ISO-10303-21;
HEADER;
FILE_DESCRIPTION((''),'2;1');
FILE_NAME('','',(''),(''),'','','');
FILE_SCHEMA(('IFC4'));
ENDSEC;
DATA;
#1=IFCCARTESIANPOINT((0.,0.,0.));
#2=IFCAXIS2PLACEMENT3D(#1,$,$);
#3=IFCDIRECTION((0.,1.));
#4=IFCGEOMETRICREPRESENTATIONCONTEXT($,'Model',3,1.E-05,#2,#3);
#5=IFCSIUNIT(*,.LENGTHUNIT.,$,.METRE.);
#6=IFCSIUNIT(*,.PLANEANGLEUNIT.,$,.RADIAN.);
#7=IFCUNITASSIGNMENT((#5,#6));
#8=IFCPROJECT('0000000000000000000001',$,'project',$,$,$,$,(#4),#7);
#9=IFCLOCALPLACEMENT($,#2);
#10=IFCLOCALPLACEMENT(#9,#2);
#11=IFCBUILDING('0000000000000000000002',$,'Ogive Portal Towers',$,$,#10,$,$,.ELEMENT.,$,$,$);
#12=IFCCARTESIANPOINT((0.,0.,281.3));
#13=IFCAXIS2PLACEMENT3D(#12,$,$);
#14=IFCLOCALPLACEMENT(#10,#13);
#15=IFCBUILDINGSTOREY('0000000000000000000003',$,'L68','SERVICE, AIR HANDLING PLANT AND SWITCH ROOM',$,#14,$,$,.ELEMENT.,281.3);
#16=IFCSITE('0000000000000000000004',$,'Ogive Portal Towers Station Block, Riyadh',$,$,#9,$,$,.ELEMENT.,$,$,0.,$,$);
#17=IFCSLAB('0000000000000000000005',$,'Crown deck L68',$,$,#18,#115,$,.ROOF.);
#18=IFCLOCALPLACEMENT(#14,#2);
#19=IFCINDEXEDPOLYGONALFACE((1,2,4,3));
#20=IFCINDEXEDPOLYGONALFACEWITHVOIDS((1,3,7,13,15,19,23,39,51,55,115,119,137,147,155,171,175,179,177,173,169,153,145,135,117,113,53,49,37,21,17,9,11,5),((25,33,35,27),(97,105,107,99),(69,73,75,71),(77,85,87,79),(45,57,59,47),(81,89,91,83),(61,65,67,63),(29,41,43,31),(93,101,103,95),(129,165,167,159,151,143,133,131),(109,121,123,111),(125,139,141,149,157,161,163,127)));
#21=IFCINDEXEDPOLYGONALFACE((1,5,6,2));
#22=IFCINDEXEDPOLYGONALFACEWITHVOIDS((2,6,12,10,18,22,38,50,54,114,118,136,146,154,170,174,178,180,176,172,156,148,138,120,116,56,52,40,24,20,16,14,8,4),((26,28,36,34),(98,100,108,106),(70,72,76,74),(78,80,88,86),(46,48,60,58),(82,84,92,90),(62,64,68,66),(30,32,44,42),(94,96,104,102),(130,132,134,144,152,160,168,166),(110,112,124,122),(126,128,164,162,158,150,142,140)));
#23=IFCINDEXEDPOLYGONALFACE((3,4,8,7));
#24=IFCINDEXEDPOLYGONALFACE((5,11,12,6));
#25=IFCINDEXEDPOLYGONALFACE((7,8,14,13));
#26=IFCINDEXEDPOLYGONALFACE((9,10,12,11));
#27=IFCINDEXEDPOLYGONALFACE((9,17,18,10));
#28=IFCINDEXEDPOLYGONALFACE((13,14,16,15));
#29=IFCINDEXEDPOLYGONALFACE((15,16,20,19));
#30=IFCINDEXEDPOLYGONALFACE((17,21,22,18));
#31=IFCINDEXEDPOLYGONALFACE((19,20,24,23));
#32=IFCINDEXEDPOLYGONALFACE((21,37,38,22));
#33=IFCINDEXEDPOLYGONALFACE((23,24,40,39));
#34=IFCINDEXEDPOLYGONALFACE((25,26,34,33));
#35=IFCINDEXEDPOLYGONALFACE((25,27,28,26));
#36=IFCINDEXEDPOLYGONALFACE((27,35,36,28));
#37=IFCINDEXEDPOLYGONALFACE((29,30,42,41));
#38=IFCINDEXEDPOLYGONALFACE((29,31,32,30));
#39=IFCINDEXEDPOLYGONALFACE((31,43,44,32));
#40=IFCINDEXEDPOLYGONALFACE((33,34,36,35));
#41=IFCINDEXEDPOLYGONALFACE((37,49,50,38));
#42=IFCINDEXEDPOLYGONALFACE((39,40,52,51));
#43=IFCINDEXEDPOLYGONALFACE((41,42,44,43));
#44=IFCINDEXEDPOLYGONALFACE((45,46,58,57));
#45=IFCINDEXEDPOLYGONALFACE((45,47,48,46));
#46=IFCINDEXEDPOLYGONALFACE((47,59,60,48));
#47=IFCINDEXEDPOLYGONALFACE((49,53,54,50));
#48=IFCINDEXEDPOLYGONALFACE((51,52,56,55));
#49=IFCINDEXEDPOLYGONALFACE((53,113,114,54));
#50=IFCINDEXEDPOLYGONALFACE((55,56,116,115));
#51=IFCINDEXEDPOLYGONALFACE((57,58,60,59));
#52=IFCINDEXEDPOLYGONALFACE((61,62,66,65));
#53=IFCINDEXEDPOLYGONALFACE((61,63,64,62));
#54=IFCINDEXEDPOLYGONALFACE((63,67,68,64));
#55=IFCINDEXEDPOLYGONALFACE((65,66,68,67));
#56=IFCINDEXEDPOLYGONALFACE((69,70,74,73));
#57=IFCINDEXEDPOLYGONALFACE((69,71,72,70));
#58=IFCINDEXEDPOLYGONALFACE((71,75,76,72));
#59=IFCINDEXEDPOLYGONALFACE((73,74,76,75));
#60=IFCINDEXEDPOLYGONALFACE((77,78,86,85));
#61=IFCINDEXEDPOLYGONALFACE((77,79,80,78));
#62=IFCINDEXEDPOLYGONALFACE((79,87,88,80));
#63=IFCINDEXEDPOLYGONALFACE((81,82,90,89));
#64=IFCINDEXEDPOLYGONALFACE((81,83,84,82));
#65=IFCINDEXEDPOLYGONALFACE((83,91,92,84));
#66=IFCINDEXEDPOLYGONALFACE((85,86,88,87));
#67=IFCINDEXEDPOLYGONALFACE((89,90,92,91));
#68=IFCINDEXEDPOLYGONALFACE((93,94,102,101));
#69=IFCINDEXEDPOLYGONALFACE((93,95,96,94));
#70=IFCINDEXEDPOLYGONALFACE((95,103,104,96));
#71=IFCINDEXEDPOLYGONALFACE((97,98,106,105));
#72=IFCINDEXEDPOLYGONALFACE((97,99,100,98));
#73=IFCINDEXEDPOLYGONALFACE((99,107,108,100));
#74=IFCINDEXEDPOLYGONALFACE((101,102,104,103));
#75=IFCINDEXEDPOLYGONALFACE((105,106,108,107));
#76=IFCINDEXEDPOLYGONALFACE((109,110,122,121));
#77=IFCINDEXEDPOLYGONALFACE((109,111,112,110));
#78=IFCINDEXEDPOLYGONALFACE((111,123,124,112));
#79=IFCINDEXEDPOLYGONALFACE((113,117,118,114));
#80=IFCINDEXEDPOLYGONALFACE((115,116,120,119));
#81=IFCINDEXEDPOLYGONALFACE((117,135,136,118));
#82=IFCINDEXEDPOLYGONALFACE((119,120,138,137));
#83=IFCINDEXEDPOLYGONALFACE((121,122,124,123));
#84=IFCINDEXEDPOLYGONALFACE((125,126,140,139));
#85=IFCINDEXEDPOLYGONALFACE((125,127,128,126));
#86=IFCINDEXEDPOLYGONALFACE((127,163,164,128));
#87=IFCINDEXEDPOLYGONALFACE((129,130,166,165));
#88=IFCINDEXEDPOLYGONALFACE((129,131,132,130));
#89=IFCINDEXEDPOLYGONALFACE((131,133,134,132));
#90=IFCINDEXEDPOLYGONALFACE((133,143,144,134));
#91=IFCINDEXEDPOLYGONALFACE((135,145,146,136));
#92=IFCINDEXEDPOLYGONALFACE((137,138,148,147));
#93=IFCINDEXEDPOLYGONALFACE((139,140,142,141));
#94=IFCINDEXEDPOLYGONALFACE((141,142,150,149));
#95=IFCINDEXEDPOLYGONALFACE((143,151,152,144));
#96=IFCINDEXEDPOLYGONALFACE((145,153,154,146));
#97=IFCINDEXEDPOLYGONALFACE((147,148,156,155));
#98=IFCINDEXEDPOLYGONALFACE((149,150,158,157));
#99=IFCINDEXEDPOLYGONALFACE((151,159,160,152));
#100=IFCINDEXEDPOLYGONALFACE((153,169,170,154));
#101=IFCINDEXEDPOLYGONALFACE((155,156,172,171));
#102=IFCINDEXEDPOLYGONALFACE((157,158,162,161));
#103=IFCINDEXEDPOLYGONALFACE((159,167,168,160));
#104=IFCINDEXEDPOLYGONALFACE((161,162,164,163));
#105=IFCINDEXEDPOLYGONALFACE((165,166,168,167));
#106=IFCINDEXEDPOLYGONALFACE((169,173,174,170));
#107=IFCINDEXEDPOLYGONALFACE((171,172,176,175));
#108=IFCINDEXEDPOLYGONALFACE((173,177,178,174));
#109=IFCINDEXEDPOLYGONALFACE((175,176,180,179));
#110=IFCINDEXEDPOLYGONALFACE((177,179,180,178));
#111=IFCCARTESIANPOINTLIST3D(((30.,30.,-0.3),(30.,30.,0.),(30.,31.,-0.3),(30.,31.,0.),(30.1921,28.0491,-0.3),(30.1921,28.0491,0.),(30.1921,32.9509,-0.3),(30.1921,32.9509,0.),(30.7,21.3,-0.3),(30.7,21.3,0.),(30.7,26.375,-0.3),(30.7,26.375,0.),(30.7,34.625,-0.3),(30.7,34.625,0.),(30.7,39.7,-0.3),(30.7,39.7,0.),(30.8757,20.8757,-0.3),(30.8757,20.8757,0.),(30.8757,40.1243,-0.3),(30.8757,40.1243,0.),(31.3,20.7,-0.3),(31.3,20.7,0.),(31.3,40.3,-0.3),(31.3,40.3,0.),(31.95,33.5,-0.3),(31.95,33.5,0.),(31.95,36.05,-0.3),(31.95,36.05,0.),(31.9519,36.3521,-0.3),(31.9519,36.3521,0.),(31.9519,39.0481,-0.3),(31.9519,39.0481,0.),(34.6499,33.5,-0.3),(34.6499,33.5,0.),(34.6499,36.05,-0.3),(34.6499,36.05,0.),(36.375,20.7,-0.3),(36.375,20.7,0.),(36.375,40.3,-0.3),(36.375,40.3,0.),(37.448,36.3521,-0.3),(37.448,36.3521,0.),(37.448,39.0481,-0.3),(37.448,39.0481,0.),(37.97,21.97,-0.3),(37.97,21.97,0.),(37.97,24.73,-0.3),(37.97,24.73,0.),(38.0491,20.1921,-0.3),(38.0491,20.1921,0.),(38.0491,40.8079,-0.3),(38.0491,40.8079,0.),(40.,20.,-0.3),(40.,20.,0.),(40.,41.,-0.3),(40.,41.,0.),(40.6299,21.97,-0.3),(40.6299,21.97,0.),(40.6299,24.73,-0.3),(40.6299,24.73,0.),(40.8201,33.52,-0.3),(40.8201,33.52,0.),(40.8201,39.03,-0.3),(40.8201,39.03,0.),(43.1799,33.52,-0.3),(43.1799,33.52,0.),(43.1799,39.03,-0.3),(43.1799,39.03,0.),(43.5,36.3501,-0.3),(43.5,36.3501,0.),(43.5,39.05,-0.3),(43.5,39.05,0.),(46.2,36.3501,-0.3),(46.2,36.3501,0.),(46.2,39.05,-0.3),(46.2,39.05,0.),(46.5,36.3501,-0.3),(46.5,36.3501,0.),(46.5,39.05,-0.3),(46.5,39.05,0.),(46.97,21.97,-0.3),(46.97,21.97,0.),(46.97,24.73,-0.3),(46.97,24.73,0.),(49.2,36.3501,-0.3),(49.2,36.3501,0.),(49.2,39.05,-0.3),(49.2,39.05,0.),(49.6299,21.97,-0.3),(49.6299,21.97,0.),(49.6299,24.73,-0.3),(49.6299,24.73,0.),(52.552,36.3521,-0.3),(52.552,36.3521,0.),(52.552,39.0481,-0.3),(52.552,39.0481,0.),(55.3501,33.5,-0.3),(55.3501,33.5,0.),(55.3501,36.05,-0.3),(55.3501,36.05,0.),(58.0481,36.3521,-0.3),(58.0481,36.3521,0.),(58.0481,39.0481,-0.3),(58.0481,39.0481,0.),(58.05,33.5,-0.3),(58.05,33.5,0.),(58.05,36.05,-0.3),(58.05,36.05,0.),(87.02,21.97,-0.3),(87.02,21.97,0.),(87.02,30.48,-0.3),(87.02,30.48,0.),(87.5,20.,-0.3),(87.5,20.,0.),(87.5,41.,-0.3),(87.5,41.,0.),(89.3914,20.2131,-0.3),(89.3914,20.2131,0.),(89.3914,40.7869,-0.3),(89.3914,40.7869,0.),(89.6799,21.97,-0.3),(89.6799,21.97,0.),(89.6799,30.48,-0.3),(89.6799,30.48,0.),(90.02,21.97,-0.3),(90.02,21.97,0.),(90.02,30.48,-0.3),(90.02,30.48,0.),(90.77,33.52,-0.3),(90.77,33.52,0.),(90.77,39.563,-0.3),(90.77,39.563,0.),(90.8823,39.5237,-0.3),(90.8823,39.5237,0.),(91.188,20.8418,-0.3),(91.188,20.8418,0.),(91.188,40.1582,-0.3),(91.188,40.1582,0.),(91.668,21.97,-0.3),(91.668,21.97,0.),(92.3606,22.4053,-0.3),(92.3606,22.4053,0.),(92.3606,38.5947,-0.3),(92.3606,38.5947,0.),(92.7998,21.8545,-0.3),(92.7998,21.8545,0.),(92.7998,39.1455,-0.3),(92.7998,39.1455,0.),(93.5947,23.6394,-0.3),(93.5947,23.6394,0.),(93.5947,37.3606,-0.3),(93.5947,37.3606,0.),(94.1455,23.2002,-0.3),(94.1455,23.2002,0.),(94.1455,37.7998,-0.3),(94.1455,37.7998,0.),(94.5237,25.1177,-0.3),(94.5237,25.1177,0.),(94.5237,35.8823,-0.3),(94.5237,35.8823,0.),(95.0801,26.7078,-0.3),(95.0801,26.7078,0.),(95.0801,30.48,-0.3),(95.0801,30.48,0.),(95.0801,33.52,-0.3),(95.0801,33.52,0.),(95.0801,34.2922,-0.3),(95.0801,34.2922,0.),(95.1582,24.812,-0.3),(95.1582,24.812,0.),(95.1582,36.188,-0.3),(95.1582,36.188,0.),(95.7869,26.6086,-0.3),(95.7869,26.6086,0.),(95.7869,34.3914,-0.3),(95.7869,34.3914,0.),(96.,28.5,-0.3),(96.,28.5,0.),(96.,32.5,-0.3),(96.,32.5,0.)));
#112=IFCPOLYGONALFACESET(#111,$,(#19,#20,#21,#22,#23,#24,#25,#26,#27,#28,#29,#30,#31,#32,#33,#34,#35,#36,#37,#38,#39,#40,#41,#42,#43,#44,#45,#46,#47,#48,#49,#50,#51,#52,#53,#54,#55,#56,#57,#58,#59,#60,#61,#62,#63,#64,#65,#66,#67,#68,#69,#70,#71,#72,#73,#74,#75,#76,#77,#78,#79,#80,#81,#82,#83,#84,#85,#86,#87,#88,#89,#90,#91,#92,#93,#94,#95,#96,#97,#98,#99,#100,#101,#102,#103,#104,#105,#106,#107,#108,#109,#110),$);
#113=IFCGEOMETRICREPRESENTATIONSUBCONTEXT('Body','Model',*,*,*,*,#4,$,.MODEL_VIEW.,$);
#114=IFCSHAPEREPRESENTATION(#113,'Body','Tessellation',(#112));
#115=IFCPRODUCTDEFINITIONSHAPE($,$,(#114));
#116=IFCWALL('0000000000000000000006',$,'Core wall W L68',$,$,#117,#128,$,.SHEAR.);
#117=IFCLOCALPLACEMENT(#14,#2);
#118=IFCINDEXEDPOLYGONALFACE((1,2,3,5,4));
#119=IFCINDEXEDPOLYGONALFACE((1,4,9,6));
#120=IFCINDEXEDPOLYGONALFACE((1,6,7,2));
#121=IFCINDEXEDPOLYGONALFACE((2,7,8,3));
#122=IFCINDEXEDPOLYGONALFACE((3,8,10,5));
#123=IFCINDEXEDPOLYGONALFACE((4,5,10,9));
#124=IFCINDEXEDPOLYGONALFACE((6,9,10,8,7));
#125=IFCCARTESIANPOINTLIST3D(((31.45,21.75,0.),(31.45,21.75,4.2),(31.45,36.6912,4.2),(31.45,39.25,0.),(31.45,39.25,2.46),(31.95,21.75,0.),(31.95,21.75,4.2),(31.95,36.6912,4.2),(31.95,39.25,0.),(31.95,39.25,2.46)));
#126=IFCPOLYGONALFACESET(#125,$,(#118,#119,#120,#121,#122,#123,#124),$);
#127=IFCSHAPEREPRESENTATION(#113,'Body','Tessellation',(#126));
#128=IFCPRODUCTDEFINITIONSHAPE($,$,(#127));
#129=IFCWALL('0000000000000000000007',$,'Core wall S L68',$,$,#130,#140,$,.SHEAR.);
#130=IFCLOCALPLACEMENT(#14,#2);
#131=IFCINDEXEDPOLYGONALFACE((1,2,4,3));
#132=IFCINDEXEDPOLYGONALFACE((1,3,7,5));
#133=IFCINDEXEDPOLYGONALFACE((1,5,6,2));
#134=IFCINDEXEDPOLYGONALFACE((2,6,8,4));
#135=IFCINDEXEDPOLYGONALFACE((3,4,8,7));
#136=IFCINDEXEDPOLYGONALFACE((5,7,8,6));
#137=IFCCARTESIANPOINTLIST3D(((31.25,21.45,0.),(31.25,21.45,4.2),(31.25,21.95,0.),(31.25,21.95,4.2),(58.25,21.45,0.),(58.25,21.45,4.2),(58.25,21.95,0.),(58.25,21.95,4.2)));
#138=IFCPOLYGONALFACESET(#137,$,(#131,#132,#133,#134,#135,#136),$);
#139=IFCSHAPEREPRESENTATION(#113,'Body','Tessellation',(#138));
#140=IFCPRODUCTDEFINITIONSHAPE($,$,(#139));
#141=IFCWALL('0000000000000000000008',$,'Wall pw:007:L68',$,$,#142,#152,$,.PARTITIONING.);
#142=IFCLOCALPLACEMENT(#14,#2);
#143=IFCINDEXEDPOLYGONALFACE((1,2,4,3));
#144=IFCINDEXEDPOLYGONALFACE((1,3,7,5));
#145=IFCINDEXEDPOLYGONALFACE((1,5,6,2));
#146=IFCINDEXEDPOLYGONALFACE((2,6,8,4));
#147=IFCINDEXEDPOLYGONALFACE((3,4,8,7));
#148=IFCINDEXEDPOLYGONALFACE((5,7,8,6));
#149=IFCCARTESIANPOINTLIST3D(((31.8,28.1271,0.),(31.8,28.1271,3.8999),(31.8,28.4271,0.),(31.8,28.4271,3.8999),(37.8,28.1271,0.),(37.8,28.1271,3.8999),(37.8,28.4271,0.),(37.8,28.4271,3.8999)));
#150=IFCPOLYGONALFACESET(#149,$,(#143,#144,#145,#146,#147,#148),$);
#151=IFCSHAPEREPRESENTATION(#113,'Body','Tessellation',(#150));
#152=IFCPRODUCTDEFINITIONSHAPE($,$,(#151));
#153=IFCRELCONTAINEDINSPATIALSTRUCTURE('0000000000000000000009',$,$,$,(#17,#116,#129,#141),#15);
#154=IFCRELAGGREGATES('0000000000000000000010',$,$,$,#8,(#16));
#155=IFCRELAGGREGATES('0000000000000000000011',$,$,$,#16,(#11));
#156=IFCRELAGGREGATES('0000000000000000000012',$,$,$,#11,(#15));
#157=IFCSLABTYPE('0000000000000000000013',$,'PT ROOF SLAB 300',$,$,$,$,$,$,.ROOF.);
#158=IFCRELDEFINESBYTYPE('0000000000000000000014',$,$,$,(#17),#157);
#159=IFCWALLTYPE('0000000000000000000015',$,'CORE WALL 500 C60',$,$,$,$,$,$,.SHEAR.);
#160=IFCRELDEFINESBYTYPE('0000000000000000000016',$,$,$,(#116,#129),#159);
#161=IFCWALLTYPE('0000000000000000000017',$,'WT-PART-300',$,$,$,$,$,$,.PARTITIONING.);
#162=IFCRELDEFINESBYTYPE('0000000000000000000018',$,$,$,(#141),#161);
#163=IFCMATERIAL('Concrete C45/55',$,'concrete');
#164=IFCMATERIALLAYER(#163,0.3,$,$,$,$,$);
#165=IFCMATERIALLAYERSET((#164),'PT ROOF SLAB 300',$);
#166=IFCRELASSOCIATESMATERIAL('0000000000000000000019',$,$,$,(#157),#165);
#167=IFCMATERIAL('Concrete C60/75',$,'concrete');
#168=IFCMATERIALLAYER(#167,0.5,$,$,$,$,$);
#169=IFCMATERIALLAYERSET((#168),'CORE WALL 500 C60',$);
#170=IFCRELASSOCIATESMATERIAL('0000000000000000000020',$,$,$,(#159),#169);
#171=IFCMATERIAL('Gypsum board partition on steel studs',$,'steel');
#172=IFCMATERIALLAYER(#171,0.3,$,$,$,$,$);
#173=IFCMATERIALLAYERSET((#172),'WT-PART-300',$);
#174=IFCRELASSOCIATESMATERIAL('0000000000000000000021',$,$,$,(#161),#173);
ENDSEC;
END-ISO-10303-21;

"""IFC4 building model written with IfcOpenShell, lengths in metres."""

from ifc_helpers import new_model, si_unit, direction, frame, frame_2d, origin, place, context, subcontext, project, spatial, polyline, rectangle, outline, extrude, material, layer, layer_set, type_object, element, save


model = new_model("IFC4")

# Units and contexts
model_context = context("Model", 3, precision=1e-05, world=origin(), true_north=direction((0.0, 1.0)))
body_context = subcontext(model_context, "Body", "Model", "MODEL_VIEW")
ifc_project = project(units=[si_unit("LENGTHUNIT", "METRE"), si_unit("PLANEANGLEUNIT", "RADIAN")], contexts=[model_context])

# Site, building, storey
site_placement = place(None, origin())
site = spatial("IfcSite", under=ifc_project, at=site_placement, Name="Ogive Portal Towers Station Block, Riyadh", CompositionType="ELEMENT", RefElevation=0.0)
building_placement = place(site_placement, origin())
building = spatial("IfcBuilding", under=site, at=building_placement, Name="Ogive Portal Towers", CompositionType="ELEMENT")
storey_placement = place(building_placement, frame((0.0, 0.0, 281.3)))
storey = spatial("IfcBuildingStorey", under=building, at=storey_placement, Name="L68", Description="SERVICE, AIR HANDLING PLANT AND SWITCH ROOM", CompositionType="ELEMENT", Elevation=281.3)

# Slab
ifc_material_1 = material(Name="Concrete C45/55", Category="concrete")
ifc_layer_1 = layer(ifc_material_1, 0.3)
ifc_layer_set_1 = layer_set([ifc_layer_1], Name="PT ROOF SLAB 300")
slab_type = type_object("IfcSlabType", Name="PT ROOF SLAB 300", PredefinedType="ROOF", material=ifc_layer_set_1)
slab_placement = place(storey_placement, frame((0.0, 0.0, -0.3)))
element("IfcSlab", 1, at=slab_placement, inside=storey, type_object=slab_type, Name="Crown deck L68", PredefinedType="ROOF", context=body_context, shape_type="SweptSolid", body=[
    extrude(outline(polyline([(30.0, 30.0), (30.1921, 28.0491), (30.7, 26.375), (30.7, 21.3), (30.8757, 20.8757), (31.3, 20.7), (36.375, 20.7), (38.0491, 20.1921), (40.0, 20.0), (87.5, 20.0), (89.3914, 20.2131), (91.188, 20.8418), (92.7998, 21.8545), (94.1455, 23.2002), (95.1582, 24.812), (95.7869, 26.6086), (96.0, 28.5), (96.0, 32.5), (95.7869, 34.3914), (95.1582, 36.188), (94.1455, 37.7998), (92.7998, 39.1455), (91.188, 40.1582), (89.3914, 40.7869), (87.5, 41.0), (40.0, 41.0), (38.0491, 40.8079), (36.375, 40.3), (31.3, 40.3), (30.8757, 40.1243), (30.7, 39.7), (30.7, 34.625), (30.1921, 32.9509), (30.0, 31.0), (30.0, 30.0)]), holes=[polyline([(40.6299, 24.73), (40.6299, 21.97), (37.97, 21.97), (37.97, 24.73), (40.6299, 24.73)]), polyline([(34.6499, 36.05), (34.6499, 33.5), (31.95, 33.5), (31.95, 36.05), (34.6499, 36.05)]), polyline([(43.1799, 33.52), (40.8201, 33.52), (40.8201, 39.03), (43.1799, 39.03), (43.1799, 33.52)]), polyline([(31.9519, 36.3521), (31.9519, 39.0481), (37.448, 39.0481), (37.448, 36.3521), (31.9519, 36.3521)]), polyline([(46.2, 39.05), (46.2, 36.3501), (43.5, 36.3501), (43.5, 39.05), (46.2, 39.05)]), polyline([(49.2, 39.05), (49.2, 36.3501), (46.5, 36.3501), (46.5, 39.05), (49.2, 39.05)]), polyline([(49.6299, 24.73), (49.6299, 21.97), (46.97, 21.97), (46.97, 24.73), (49.6299, 24.73)]), polyline([(89.6799, 21.97), (87.02, 21.97), (87.02, 30.48), (89.6799, 30.48), (89.6799, 21.97)]), polyline([(93.5947, 23.6394), (92.3606, 22.4053), (91.668, 21.97), (90.02, 21.97), (90.02, 30.48), (95.0801, 30.48), (95.0801, 26.7078), (94.5237, 25.1177), (93.5947, 23.6394)]), polyline([(55.3501, 36.05), (58.05, 36.05), (58.05, 33.5), (55.3501, 33.5), (55.3501, 36.05)]), polyline([(93.5947, 37.3606), (94.5237, 35.8823), (95.0801, 34.2922), (95.0801, 33.52), (90.77, 33.52), (90.77, 39.563), (90.8823, 39.5237), (92.3606, 38.5947), (93.5947, 37.3606)]), polyline([(58.0481, 36.3521), (52.552, 36.3521), (52.552, 39.0481), (58.0481, 39.0481), (58.0481, 36.3521)])]), origin(), (0.0, 0.0, 1.0), 0.3),
])

# Walls
ifc_material_2 = material(Name="Concrete C60/75", Category="concrete")
ifc_layer_2 = layer(ifc_material_2, 0.5)
ifc_layer_set_2 = layer_set([ifc_layer_2], Name="CORE WALL 500 C60")
wall_type_1 = type_object("IfcWallType", Name="CORE WALL 500 C60", PredefinedType="SHEAR", material=ifc_layer_set_2)
wall_1_placement = place(storey_placement, frame((31.7, 21.75, 0.0), z_axis=(0.0, 0.0, 1.0), x_axis=(0.0, 1.0, 0.0)))
element("IfcWall", 2, at=wall_1_placement, inside=storey, type_object=wall_type_1, Name="Core wall W L68", PredefinedType="SHEAR", context=body_context, shape_type="SweptSolid", body=[
    extrude(outline(polyline([(0.0, 0.0), (17.5, 0.0), (17.5, 2.46), (14.9412, 4.2), (0.0, 4.2), (0.0, 0.0)])), frame((0.0, 0.25, 0.0), z_axis=(0.0, -1.0, 0.0), x_axis=(1.0, 0.0, 0.0)), (0.0, 0.0, 1.0), 0.5),
])
wall_2_placement = place(storey_placement, frame((31.25, 21.7, 0.0), z_axis=(0.0, 0.0, 1.0), x_axis=(1.0, 0.0, 0.0)))
element("IfcWall", 3, at=wall_2_placement, inside=storey, type_object=wall_type_1, Name="Core wall S L68", PredefinedType="SHEAR", context=body_context, shape_type="SweptSolid", body=[
    extrude(rectangle(XDim=27.0, YDim=0.5, at=frame_2d((13.5, 0.0))), origin(), (0.0, 0.0, 1.0), 4.2),
])
ifc_material_3 = material(Name="Gypsum board partition on steel studs", Category="steel")
ifc_layer_3 = layer(ifc_material_3, 0.3)
ifc_layer_set_3 = layer_set([ifc_layer_3], Name="WT-PART-300")
wall_type_2 = type_object("IfcWallType", Name="WT-PART-300", PredefinedType="PARTITIONING", material=ifc_layer_set_3)
wall_3_placement = place(storey_placement, frame((31.8, 28.2771, 0.0), z_axis=(0.0, 0.0, 1.0), x_axis=(1.0, 0.0, 0.0)))
element("IfcWall", 4, at=wall_3_placement, inside=storey, type_object=wall_type_2, Name="Wall pw:007:L68", PredefinedType="PARTITIONING", context=body_context, shape_type="SweptSolid", body=[
    extrude(rectangle(XDim=6.0, YDim=0.3, at=frame_2d((3.0, 0.0))), origin(), (0.0, 0.0, 1.0), 3.8999),
])

save(model, "model.ifc")
